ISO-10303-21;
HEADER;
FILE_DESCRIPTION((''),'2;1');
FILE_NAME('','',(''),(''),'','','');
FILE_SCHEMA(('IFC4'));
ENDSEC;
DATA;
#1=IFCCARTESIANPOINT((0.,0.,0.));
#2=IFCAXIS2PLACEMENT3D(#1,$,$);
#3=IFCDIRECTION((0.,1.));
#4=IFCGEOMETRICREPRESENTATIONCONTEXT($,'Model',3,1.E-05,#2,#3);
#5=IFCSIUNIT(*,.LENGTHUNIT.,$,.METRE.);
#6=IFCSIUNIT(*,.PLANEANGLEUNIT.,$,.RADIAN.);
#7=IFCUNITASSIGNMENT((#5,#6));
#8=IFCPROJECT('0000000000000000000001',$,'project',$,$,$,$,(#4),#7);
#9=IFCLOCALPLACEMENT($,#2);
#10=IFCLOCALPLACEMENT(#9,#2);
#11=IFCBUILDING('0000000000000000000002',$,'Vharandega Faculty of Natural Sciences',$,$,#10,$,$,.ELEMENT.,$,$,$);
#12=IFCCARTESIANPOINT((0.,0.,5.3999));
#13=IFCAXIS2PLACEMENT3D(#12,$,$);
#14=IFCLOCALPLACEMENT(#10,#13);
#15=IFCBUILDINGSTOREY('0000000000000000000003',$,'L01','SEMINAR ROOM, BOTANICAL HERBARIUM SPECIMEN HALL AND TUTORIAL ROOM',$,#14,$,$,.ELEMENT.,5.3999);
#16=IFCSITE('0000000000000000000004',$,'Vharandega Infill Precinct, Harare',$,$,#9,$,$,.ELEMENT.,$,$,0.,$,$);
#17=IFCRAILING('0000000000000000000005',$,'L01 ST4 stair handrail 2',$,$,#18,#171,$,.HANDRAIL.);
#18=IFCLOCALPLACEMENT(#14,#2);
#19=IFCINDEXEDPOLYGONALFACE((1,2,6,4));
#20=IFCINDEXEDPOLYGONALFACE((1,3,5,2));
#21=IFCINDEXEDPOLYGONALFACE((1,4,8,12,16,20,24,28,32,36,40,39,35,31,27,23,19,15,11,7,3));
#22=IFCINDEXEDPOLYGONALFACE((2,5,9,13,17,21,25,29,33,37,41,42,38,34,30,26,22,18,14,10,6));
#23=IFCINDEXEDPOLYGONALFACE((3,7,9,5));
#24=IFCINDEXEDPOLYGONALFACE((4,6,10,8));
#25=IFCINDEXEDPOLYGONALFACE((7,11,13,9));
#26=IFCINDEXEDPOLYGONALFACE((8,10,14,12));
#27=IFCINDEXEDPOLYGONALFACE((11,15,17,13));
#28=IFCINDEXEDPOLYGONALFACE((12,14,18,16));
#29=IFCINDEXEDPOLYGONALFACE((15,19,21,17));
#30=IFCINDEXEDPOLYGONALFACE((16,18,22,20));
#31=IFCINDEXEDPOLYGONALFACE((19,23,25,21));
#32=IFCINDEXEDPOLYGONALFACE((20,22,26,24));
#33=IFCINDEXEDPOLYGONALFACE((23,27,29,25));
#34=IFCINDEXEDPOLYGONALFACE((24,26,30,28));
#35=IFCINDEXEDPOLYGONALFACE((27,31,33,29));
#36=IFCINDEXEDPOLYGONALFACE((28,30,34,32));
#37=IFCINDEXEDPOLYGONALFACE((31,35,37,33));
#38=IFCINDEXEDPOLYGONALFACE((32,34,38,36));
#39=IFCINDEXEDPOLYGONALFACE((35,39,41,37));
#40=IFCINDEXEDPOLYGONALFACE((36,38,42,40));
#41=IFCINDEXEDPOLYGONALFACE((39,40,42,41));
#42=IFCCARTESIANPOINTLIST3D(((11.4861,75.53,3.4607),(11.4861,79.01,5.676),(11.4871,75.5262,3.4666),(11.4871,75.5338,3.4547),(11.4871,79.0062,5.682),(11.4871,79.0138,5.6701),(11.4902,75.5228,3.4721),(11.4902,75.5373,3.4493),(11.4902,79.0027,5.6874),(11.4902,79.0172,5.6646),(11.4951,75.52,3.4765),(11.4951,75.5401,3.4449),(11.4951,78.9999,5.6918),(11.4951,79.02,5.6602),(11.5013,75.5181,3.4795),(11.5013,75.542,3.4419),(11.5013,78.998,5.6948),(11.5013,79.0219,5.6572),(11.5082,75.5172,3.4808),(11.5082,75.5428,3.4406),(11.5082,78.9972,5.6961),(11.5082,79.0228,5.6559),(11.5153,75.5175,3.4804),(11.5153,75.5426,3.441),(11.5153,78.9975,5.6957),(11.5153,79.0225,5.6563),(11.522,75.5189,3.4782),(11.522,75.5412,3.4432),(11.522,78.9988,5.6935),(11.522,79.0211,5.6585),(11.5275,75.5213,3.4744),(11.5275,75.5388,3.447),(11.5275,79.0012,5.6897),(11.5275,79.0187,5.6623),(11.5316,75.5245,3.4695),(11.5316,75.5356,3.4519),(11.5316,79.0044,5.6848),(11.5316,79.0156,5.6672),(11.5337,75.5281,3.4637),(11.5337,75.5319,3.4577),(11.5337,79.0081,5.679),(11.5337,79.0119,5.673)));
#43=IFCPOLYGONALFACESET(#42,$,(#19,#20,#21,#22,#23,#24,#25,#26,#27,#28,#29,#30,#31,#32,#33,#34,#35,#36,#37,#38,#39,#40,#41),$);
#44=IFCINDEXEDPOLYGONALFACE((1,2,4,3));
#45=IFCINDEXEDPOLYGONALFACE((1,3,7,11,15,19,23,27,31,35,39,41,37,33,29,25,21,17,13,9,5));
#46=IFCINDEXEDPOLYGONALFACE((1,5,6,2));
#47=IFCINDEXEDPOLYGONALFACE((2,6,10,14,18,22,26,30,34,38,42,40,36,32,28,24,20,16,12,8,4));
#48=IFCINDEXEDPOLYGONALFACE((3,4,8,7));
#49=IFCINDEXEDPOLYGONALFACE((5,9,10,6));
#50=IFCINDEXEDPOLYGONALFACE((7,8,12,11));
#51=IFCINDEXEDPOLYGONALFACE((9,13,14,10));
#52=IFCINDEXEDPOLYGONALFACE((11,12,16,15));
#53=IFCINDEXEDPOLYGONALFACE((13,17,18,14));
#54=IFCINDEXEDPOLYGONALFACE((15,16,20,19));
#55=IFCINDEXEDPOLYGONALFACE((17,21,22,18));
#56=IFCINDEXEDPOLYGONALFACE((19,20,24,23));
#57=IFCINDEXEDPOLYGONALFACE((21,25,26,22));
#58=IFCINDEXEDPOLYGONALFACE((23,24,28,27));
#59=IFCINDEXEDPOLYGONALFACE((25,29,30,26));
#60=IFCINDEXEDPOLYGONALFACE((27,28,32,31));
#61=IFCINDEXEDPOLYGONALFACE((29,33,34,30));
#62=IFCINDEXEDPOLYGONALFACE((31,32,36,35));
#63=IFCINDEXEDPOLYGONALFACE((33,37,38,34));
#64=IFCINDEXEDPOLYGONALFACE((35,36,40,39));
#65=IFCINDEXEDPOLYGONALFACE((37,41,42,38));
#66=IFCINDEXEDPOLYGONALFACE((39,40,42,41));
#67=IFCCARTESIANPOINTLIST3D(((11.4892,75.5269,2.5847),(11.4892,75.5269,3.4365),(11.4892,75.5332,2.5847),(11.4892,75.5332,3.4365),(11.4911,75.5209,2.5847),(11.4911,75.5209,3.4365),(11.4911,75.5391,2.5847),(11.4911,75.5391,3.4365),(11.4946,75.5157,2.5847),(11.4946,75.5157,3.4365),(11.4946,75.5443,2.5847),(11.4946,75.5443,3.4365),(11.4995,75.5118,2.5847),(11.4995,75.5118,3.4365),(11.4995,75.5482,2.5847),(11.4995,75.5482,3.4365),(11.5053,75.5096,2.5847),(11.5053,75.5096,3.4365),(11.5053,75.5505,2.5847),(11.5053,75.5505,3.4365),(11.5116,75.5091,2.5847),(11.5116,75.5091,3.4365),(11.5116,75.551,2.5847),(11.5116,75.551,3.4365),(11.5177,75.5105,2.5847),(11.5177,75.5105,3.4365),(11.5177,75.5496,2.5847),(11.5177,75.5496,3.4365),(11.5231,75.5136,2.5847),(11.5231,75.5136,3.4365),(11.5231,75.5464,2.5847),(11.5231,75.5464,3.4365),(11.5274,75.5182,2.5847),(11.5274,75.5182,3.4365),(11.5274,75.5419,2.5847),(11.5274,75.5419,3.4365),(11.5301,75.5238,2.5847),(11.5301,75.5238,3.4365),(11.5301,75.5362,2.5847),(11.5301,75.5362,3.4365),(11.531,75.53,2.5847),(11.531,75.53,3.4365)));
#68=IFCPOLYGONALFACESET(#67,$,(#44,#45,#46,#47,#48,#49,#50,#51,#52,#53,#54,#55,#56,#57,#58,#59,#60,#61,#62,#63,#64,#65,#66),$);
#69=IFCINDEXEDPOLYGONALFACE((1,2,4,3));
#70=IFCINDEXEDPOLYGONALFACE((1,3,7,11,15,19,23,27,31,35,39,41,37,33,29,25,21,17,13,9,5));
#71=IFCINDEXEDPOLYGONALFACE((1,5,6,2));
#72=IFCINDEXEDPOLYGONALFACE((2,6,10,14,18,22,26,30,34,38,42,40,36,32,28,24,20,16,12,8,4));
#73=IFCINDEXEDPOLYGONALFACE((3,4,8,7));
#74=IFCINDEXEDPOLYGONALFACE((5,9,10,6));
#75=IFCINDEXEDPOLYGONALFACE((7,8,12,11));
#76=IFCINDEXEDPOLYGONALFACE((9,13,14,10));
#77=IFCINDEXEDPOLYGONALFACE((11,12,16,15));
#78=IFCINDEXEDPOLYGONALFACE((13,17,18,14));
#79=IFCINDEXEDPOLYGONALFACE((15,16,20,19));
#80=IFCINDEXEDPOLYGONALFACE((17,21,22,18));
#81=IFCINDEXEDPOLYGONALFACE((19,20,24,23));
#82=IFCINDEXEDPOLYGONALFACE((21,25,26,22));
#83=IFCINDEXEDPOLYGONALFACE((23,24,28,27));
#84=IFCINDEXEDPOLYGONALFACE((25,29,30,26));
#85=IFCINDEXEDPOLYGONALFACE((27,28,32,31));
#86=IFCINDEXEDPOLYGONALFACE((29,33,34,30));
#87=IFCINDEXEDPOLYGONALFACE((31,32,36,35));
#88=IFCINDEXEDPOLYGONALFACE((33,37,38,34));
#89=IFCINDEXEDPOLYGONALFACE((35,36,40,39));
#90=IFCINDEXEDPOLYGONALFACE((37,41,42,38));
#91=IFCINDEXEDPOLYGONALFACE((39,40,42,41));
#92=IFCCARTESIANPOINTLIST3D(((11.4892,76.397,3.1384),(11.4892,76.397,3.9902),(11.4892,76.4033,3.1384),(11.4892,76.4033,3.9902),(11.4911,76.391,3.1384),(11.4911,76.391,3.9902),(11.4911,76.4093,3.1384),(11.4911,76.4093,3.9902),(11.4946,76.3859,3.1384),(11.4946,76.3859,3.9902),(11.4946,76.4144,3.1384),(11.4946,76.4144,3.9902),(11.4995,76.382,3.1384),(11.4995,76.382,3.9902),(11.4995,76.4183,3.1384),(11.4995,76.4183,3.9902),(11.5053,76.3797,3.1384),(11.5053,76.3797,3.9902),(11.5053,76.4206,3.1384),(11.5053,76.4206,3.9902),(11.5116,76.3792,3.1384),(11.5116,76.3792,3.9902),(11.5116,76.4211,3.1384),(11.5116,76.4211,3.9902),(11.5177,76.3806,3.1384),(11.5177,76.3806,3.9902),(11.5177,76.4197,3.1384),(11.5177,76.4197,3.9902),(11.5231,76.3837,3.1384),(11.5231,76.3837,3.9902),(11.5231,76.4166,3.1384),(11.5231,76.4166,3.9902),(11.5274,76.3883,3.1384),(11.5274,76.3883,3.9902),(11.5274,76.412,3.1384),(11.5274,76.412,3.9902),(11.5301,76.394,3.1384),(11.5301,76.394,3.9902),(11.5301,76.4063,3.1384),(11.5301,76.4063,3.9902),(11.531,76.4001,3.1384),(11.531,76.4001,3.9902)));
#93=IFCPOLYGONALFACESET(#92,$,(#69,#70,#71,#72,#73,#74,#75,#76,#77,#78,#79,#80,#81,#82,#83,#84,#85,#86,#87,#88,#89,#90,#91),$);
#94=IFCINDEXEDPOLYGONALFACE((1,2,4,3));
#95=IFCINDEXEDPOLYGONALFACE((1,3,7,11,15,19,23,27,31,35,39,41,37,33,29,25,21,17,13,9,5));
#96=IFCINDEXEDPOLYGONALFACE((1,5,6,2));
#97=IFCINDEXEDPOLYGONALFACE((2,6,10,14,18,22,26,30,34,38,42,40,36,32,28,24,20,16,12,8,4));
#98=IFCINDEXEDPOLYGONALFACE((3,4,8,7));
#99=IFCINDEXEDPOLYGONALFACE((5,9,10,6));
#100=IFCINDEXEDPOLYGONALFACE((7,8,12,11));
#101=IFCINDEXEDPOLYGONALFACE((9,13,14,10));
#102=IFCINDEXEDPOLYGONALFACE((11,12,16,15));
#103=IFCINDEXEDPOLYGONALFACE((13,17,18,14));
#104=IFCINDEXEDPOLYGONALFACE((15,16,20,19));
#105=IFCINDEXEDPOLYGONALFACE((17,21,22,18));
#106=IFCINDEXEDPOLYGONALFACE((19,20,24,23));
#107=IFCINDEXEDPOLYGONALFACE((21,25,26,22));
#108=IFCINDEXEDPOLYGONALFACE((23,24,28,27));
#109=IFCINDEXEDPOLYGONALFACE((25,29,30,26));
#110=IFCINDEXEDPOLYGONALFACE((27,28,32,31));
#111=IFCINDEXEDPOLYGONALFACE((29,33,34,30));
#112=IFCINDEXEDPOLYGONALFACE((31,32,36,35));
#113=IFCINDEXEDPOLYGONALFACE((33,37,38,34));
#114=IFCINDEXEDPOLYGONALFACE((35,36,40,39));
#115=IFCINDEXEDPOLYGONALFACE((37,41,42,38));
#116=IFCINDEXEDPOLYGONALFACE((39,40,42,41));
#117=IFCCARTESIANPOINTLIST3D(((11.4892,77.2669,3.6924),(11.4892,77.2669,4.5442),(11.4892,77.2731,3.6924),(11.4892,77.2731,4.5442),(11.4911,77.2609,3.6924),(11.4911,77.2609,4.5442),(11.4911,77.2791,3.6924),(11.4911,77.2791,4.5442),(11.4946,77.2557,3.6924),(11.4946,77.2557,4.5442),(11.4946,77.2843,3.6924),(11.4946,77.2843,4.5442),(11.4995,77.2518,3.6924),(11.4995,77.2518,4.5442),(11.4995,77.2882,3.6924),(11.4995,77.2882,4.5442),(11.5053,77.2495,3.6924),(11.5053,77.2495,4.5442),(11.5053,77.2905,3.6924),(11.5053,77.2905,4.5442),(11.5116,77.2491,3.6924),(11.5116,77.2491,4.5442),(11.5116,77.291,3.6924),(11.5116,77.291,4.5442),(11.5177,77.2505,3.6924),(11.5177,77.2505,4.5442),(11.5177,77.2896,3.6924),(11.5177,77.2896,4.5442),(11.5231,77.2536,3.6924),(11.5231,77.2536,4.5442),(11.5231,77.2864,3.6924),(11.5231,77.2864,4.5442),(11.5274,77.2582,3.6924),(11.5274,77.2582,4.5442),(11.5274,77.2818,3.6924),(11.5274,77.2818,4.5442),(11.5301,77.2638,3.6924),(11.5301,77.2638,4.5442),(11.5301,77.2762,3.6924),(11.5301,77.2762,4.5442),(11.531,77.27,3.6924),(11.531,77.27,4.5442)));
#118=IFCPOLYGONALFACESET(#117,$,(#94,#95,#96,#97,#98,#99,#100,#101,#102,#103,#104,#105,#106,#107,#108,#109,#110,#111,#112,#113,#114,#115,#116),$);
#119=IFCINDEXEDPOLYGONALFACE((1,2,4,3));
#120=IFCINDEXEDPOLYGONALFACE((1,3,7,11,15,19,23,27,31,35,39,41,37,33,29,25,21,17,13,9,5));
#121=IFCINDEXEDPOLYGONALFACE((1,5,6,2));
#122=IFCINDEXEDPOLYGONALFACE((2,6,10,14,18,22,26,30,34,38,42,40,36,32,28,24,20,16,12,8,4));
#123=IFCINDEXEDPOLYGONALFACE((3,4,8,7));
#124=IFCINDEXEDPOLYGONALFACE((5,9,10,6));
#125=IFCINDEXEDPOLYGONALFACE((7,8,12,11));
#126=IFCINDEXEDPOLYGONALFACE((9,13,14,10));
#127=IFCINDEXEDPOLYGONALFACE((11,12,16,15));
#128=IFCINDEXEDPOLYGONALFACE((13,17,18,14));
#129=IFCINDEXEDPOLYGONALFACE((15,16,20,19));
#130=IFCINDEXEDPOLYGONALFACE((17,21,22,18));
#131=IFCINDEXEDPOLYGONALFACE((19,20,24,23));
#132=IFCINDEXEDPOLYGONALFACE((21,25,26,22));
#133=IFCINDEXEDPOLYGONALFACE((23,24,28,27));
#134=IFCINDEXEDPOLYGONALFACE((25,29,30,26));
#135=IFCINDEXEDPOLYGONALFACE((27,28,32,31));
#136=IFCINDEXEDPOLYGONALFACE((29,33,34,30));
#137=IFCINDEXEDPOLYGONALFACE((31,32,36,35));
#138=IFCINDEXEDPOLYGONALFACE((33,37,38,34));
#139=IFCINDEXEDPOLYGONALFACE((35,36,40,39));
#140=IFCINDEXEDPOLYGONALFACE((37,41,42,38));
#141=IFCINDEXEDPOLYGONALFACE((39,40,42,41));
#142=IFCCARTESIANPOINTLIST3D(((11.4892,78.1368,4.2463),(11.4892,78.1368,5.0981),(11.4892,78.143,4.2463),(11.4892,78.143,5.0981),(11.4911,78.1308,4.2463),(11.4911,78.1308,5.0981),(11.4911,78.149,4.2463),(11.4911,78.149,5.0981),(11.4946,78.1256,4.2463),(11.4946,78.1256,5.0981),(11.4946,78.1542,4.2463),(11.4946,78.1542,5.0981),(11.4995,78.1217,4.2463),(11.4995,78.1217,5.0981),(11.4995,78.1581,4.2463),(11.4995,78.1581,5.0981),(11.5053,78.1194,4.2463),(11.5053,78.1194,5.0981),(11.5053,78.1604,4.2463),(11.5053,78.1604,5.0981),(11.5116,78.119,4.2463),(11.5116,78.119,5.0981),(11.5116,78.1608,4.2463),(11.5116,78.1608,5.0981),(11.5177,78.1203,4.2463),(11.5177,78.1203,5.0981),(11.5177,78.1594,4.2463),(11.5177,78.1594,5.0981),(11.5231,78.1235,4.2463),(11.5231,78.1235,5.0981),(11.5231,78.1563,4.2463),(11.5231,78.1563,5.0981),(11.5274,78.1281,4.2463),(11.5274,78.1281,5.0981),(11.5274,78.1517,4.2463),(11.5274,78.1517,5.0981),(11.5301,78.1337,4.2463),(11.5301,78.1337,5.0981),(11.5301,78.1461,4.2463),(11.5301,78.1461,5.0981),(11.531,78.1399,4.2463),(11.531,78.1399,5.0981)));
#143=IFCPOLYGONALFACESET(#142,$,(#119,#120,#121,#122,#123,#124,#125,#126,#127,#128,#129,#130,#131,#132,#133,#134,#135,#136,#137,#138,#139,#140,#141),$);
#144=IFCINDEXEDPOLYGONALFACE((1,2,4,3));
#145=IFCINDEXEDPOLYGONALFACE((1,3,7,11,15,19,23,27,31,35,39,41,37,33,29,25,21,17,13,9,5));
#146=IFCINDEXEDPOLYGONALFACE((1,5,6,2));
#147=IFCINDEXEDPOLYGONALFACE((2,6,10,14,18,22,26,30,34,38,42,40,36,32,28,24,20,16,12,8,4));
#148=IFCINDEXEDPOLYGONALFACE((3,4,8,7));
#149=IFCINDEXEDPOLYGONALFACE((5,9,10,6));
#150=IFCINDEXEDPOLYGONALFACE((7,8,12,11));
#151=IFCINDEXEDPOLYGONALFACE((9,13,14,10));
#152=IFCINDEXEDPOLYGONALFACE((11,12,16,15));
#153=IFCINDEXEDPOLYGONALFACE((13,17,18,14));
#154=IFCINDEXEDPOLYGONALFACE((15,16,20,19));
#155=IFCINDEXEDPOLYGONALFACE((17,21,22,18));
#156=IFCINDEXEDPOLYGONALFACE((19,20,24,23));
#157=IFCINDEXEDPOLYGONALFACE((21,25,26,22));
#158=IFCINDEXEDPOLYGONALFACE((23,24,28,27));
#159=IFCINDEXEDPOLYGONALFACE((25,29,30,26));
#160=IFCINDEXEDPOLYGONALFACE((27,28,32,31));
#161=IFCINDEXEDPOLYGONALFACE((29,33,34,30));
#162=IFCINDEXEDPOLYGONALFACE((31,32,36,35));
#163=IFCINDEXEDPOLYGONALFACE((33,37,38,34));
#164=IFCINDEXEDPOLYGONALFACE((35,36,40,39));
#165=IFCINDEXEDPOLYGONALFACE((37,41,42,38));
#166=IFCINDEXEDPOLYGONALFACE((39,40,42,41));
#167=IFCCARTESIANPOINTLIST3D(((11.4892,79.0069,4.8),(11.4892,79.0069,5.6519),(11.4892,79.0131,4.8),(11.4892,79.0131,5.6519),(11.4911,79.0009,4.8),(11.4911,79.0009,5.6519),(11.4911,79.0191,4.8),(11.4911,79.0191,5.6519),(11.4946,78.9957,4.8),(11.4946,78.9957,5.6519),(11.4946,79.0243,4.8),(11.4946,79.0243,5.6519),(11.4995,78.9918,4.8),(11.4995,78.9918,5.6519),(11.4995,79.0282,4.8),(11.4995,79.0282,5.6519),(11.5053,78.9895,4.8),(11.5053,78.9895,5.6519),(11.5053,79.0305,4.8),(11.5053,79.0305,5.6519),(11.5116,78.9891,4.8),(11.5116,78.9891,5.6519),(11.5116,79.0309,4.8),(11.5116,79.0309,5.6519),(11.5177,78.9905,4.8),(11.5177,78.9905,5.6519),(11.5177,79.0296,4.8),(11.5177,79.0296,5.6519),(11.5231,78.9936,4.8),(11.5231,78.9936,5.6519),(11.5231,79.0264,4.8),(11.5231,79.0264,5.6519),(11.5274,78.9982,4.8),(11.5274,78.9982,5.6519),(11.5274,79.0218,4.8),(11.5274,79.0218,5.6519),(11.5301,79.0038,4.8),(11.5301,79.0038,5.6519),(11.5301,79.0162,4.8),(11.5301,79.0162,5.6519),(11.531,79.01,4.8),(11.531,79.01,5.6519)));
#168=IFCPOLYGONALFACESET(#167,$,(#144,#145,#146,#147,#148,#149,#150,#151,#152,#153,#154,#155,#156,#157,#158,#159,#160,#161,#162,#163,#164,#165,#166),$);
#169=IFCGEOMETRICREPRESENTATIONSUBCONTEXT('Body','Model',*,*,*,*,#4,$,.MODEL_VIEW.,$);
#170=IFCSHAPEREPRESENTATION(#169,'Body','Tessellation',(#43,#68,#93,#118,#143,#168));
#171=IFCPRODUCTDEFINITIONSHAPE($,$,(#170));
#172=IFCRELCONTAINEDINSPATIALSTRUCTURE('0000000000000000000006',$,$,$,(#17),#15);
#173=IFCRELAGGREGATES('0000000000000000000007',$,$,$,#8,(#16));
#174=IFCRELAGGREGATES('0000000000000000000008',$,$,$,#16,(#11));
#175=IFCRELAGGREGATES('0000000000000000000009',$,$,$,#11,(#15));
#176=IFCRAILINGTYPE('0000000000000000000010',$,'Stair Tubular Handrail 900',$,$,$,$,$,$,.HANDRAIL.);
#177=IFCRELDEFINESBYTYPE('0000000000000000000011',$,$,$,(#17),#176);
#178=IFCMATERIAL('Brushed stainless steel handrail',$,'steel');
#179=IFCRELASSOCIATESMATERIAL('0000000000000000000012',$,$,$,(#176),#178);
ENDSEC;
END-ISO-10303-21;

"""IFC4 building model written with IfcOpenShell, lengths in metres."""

from ifc_helpers import new_model, si_unit, direction, frame, origin, origin_2d, place, context, subcontext, project, spatial, circle, extrude, material, type_object, element, save


model = new_model("IFC4")

# Units and contexts
model_context = context("Model", 3, precision=1e-05, world=origin(), true_north=direction((0.0, 1.0)))
body_context = subcontext(model_context, "Body", "Model", "MODEL_VIEW")
ifc_project = project(units=[si_unit("LENGTHUNIT", "METRE"), si_unit("PLANEANGLEUNIT", "RADIAN")], contexts=[model_context])

# Site, building, storey
site_placement = place(None, origin())
site = spatial("IfcSite", under=ifc_project, at=site_placement, Name="Vharandega Infill Precinct, Harare", CompositionType="ELEMENT", RefElevation=0.0)
building_placement = place(site_placement, origin())
building = spatial("IfcBuilding", under=site, at=building_placement, Name="Vharandega Faculty of Natural Sciences", CompositionType="ELEMENT")
storey_placement = place(building_placement, frame((0.0, 0.0, 5.3999)))
storey = spatial("IfcBuildingStorey", under=building, at=storey_placement, Name="L01", Description="SEMINAR ROOM, BOTANICAL HERBARIUM SPECIMEN HALL AND TUTORIAL ROOM", CompositionType="ELEMENT", Elevation=5.3999)

# Railing
ifc_material_1 = material(Name="Brushed stainless steel handrail", Category="steel")
railing_type_1 = type_object("IfcRailingType", Name="Stair Tubular Handrail 900", PredefinedType="HANDRAIL", material=ifc_material_1)
railing_1_placement = place(storey_placement, frame((11.51, 75.53, 2.5847)))
element("IfcRailing", 1, at=railing_1_placement, inside=storey, type_object=railing_type_1, Name="L01 ST4 stair handrail 2", PredefinedType="HANDRAIL", context=body_context, shape_type="SweptSolid", body=[
    extrude(circle(Radius=0.0239, at=origin_2d()), frame((0.0, 0.0, 0.876), z_axis=(0.0, 0.843574, 0.537013), x_axis=(-1.0, 0.0, 0.0)), (0.0, 0.0, 1.0), 4.1252),
    extrude(circle(Radius=0.021, at=origin_2d()), origin(), (0.0, 0.0, 1.0), 0.8518),
    extrude(circle(Radius=0.021, at=origin_2d()), frame((0.0, 0.8701, 0.5537)), (0.0, 0.0, 1.0), 0.8518),
    extrude(circle(Radius=0.021, at=origin_2d()), frame((0.0, 1.74, 1.1077)), (0.0, 0.0, 1.0), 0.8518),
    extrude(circle(Radius=0.021, at=origin_2d()), frame((0.0, 2.6099, 1.6616)), (0.0, 0.0, 1.0), 0.8518),
    extrude(circle(Radius=0.021, at=origin_2d()), frame((0.0, 3.48, 2.2153)), (0.0, 0.0, 1.0), 0.8518),
])

save(model, "model.ifc")
